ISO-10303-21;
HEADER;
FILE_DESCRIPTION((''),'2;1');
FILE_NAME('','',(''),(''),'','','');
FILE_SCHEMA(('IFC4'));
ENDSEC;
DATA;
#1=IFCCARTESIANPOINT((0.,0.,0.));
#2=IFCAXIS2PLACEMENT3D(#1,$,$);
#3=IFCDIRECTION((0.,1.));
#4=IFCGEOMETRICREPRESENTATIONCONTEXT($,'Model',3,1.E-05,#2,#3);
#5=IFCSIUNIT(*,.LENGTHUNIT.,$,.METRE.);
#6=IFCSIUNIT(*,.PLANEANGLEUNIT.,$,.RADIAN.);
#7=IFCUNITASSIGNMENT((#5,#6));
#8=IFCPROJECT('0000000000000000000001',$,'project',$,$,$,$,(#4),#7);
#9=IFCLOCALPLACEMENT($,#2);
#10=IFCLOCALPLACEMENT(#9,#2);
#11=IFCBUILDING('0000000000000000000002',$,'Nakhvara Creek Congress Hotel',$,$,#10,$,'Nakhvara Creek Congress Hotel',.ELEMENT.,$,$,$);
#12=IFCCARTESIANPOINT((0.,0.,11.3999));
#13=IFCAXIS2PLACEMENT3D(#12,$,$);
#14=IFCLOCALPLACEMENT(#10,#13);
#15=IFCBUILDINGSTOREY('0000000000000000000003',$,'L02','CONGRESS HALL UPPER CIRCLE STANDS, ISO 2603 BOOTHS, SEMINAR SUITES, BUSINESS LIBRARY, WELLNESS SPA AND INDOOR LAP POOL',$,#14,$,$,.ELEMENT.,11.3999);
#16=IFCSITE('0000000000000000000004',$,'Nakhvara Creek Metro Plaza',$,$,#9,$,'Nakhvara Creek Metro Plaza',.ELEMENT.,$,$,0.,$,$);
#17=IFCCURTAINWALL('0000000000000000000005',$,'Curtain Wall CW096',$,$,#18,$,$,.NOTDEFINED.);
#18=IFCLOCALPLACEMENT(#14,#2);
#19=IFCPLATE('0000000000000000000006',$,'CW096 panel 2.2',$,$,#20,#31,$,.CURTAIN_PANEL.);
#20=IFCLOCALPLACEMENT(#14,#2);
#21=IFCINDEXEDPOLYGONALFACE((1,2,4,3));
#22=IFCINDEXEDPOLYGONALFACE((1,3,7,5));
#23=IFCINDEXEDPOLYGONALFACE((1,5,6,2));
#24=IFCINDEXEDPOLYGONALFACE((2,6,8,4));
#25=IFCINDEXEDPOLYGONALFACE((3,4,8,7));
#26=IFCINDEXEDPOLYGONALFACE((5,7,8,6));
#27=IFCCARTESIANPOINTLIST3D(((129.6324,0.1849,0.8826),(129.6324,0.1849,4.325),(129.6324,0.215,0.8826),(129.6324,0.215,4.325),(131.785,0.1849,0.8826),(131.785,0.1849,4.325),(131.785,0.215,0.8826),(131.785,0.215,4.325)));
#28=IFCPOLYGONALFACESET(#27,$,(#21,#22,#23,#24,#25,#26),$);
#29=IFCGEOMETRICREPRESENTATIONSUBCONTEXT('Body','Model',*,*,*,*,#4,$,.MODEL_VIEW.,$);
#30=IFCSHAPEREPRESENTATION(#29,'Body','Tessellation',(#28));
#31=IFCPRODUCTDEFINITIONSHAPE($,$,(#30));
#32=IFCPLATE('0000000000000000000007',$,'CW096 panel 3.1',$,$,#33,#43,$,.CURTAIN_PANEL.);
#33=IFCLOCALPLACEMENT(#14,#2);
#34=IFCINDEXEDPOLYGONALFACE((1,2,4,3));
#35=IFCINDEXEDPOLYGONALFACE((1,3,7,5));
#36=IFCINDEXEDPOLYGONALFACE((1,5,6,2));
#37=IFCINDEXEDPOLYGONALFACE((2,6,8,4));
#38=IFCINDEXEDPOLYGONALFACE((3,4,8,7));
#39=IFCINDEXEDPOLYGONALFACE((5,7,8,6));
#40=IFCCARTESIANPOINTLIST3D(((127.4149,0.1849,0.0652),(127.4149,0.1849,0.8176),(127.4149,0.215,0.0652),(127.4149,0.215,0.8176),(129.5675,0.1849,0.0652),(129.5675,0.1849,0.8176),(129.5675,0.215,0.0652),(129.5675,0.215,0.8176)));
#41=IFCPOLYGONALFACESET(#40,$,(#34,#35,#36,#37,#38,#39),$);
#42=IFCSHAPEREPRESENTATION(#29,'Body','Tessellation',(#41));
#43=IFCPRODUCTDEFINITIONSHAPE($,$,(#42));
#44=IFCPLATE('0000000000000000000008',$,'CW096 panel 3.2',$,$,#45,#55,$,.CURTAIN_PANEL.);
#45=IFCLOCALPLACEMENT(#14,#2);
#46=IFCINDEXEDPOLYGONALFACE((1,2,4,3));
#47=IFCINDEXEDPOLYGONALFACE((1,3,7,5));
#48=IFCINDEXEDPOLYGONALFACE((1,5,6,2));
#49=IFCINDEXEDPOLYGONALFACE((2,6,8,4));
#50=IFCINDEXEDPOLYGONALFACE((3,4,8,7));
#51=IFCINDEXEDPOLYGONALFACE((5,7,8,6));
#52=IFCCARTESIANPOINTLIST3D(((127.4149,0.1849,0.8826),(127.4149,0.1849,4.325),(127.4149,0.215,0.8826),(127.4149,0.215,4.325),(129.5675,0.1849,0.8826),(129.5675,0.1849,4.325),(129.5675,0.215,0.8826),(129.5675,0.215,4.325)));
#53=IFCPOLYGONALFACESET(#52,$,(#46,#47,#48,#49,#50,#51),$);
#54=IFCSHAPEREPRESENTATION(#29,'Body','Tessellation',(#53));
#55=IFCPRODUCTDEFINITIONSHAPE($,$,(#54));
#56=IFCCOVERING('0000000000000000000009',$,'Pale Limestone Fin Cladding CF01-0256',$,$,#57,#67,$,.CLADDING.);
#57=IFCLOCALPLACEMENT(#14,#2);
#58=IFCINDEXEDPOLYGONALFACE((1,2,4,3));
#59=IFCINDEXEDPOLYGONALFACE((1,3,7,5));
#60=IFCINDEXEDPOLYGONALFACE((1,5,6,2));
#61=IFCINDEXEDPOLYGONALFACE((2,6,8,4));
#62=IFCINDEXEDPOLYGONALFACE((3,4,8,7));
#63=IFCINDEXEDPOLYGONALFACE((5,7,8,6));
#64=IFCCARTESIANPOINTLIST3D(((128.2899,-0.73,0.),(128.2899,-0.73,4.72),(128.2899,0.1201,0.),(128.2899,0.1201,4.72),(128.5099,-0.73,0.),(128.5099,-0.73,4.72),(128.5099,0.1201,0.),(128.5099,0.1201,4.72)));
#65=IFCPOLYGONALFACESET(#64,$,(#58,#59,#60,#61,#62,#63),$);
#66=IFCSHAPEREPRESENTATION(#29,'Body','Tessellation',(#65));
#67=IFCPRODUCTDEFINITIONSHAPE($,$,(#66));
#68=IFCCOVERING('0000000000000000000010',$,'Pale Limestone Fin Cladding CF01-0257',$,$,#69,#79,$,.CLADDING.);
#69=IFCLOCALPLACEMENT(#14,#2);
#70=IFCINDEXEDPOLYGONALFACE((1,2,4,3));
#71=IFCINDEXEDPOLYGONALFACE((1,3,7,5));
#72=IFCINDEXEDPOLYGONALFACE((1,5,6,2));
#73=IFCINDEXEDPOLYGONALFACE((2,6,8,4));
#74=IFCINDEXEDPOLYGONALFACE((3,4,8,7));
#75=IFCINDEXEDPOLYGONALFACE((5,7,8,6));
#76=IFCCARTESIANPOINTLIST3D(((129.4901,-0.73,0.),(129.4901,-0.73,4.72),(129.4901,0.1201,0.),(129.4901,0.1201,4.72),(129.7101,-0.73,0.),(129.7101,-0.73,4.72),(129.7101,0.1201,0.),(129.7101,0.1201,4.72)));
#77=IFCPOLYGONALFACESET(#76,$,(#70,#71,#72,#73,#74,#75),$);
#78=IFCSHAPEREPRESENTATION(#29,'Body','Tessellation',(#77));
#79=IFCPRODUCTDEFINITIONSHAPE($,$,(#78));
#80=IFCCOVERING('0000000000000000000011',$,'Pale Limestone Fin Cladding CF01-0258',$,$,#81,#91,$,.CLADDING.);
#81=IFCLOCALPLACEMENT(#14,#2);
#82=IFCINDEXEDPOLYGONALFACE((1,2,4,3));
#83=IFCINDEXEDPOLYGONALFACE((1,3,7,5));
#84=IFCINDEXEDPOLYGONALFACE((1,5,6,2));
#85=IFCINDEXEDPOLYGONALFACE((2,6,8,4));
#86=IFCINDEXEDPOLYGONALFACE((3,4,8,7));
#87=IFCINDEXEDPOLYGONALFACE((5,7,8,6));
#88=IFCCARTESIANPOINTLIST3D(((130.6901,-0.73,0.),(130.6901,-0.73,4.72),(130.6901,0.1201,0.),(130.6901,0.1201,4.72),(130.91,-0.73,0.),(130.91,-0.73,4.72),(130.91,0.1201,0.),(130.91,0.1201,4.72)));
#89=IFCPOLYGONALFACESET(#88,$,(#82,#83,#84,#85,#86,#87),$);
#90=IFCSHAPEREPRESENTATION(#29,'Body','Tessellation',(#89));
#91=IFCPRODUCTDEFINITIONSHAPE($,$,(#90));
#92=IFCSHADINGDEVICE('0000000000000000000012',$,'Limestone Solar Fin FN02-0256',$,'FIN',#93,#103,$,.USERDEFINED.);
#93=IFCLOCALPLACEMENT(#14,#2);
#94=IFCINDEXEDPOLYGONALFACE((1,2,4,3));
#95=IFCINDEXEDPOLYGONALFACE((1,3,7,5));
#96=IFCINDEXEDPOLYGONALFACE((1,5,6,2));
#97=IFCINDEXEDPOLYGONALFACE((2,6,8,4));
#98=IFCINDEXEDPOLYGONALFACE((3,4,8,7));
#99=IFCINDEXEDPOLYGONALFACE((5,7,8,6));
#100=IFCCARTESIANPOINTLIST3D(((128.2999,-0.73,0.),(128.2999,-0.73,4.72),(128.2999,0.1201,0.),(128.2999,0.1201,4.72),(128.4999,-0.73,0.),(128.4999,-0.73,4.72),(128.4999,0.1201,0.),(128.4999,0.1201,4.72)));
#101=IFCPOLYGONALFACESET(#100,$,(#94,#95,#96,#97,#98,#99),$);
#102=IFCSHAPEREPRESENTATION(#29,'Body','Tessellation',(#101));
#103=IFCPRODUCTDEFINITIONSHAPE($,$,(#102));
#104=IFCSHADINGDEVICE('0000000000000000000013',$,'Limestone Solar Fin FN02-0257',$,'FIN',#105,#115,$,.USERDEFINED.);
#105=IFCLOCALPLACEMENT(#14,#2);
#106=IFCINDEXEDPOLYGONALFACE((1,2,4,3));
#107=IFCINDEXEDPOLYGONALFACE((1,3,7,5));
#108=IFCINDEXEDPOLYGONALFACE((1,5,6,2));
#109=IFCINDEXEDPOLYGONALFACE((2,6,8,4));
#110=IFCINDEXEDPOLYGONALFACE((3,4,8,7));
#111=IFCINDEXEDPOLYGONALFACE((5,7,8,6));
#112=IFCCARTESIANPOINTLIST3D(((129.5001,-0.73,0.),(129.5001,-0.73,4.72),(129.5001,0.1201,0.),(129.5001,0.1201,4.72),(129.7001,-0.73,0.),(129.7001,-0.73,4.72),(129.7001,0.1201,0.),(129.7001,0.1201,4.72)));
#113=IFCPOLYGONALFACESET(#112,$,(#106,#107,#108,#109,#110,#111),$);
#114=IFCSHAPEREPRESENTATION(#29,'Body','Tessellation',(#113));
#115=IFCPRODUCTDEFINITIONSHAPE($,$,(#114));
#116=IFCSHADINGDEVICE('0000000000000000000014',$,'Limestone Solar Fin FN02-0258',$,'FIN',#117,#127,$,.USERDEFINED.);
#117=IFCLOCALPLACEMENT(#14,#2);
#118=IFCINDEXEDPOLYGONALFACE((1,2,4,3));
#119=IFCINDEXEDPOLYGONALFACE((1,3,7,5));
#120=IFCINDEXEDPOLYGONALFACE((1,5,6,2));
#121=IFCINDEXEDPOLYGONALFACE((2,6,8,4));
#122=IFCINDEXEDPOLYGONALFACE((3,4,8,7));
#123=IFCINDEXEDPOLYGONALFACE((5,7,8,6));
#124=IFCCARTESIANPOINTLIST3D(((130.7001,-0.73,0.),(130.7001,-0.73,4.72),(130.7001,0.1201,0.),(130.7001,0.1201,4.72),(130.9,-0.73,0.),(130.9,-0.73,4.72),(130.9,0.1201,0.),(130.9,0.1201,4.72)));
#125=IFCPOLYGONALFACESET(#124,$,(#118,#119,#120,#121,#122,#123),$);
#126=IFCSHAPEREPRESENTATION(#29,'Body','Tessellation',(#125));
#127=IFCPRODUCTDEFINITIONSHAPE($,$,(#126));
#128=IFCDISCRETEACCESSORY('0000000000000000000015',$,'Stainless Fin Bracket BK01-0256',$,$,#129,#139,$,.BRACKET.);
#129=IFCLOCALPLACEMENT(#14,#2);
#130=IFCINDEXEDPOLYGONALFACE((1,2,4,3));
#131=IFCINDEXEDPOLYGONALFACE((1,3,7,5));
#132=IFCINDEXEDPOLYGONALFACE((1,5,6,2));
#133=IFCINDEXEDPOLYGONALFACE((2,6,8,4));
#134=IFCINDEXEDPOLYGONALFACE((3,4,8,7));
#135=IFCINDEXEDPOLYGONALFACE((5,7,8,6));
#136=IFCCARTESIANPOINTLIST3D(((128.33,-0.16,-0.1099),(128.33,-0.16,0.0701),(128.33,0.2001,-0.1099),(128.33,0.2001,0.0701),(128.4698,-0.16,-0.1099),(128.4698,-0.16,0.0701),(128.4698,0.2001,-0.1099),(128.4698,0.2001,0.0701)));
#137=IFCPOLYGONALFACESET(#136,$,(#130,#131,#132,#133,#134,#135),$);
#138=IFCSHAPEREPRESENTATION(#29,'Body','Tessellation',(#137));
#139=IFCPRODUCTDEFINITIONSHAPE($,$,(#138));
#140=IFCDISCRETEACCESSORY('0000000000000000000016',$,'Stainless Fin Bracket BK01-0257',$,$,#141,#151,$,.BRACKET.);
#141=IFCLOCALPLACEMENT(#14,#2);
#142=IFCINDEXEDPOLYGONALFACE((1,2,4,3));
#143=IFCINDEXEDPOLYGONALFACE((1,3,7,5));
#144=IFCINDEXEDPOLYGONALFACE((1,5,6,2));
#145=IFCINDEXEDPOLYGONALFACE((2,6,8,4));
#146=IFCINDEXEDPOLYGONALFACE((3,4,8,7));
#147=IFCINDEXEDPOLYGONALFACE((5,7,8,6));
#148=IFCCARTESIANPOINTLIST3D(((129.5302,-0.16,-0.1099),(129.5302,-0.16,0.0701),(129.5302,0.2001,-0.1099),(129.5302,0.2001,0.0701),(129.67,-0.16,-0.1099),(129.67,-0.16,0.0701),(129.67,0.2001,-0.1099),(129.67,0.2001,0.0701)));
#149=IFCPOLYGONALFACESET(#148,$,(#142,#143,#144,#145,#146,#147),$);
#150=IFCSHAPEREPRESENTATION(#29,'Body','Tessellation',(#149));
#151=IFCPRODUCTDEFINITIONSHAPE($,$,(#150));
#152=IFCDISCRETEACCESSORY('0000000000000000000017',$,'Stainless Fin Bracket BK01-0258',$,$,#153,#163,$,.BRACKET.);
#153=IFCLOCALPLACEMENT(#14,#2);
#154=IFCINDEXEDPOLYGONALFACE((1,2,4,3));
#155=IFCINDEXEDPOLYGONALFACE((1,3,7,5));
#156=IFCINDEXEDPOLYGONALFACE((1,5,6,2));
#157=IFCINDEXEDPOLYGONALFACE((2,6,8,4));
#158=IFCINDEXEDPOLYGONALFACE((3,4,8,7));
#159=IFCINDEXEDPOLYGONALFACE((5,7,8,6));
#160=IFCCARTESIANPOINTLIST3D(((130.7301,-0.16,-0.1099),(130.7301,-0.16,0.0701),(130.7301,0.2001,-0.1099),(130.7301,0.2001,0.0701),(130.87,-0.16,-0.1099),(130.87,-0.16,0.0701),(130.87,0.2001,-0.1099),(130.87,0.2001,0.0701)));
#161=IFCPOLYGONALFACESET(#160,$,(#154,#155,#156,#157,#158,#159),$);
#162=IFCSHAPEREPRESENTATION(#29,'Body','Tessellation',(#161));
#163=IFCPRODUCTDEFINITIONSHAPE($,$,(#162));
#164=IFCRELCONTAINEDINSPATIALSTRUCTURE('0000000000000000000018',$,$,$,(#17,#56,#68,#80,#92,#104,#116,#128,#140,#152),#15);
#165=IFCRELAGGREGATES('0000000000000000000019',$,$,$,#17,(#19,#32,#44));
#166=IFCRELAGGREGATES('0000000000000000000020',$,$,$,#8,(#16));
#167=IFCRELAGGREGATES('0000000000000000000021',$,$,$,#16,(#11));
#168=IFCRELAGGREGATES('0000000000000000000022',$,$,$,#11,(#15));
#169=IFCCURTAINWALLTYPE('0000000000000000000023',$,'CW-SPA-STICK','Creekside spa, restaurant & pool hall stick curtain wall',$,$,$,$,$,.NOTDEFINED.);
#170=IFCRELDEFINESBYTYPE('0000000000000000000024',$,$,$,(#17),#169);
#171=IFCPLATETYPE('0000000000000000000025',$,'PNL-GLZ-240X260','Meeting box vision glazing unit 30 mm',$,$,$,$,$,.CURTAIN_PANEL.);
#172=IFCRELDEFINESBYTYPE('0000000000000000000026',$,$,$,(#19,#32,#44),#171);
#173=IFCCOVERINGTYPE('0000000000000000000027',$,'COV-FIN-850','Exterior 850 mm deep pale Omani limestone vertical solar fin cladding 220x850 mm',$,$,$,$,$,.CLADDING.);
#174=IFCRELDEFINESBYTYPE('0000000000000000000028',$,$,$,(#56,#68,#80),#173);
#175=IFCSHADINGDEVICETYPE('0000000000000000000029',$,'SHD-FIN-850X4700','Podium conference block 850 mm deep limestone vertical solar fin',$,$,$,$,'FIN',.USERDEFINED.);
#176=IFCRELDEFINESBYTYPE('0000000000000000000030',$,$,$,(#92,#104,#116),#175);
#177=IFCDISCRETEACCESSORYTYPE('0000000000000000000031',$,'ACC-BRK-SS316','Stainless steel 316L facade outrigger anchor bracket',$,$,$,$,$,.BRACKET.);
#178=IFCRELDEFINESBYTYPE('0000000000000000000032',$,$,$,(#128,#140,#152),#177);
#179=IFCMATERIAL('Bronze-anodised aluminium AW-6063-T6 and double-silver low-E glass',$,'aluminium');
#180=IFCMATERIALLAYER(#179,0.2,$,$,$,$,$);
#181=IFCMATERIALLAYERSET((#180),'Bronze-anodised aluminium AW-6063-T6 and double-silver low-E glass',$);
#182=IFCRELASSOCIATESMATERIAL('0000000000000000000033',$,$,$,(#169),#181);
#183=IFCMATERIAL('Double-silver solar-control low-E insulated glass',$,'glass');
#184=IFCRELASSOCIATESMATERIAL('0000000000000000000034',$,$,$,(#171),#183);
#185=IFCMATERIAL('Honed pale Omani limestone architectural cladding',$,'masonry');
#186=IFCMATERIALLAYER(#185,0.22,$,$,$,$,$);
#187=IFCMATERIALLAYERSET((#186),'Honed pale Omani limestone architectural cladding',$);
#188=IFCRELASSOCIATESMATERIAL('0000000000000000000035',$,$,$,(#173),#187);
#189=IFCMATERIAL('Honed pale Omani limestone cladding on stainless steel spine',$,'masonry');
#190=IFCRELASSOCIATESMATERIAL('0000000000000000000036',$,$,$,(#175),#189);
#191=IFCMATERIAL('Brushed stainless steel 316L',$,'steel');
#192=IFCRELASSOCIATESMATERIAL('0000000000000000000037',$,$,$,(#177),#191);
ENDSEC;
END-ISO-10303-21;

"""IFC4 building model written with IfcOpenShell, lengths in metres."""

from ifc_helpers import new_model, si_unit, direction, frame, origin, origin_2d, place, context, subcontext, project, spatial, rectangle, extrude, material, layer, layer_set, type_object, element, aggregate, save


model = new_model("IFC4")

# Units and contexts
model_context = context("Model", 3, precision=1e-05, world=origin(), true_north=direction((0.0, 1.0)))
body_context = subcontext(model_context, "Body", "Model", "MODEL_VIEW")
ifc_project = project(units=[si_unit("LENGTHUNIT", "METRE"), si_unit("PLANEANGLEUNIT", "RADIAN")], contexts=[model_context])

# Site, building, storey
site_placement = place(None, origin())
site = spatial("IfcSite", under=ifc_project, at=site_placement, Name="Nakhvara Creek Metro Plaza", LongName="Nakhvara Creek Metro Plaza", CompositionType="ELEMENT", RefElevation=0.0)
building_placement = place(site_placement, origin())
building = spatial("IfcBuilding", under=site, at=building_placement, Name="Nakhvara Creek Congress Hotel", LongName="Nakhvara Creek Congress Hotel", CompositionType="ELEMENT")
storey_placement = place(building_placement, frame((0.0, 0.0, 11.3999)))
storey = spatial("IfcBuildingStorey", under=building, at=storey_placement, Name="L02", Description="CONGRESS HALL UPPER CIRCLE STANDS, ISO 2603 BOOTHS, SEMINAR SUITES, BUSINESS LIBRARY, WELLNESS SPA AND INDOOR LAP POOL", CompositionType="ELEMENT", Elevation=11.3999)

# Curtain wall, plates
ifc_material_1 = material(Name="Bronze-anodised aluminium AW-6063-T6 and double-silver low-E glass", Category="aluminium")
ifc_layer_1 = layer(ifc_material_1, 0.2)
ifc_layer_set_1 = layer_set([ifc_layer_1], Name="Bronze-anodised aluminium AW-6063-T6 and double-silver low-E glass")
curtain_wall_type = type_object("IfcCurtainWallType", Name="CW-SPA-STICK", Description="Creekside spa, restaurant & pool hall stick curtain wall", PredefinedType="NOTDEFINED", material=ifc_layer_set_1)
curtain_wall_placement = place(storey_placement, origin())
curtain_wall = element("IfcCurtainWall", 1, at=curtain_wall_placement, inside=storey, type_object=curtain_wall_type, Name="Curtain Wall CW096", PredefinedType="NOTDEFINED")
ifc_material_2 = material(Name="Double-silver solar-control low-E insulated glass", Category="glass")
plate_type = type_object("IfcPlateType", Name="PNL-GLZ-240X260", Description="Meeting box vision glazing unit 30 mm", PredefinedType="CURTAIN_PANEL", material=ifc_material_2)
plate_1_placement = place(storey_placement, frame((130.7087, 0.2, 0.8826), z_axis=(0.0, 0.0, 1.0), x_axis=(-1.0, 0.0, 0.0)))
plate_1 = element("IfcPlate", 2, at=plate_1_placement, type_object=plate_type, Name="CW096 panel 2.2", PredefinedType="CURTAIN_PANEL", context=body_context, shape_type="SweptSolid", body=[
    extrude(rectangle(XDim=2.1526, YDim=0.03, at=origin_2d()), origin(), (0.0, 0.0, 1.0), 3.4424),
])
plate_2_placement = place(storey_placement, frame((128.4912, 0.2, 0.0652), z_axis=(0.0, 0.0, 1.0), x_axis=(-1.0, 0.0, 0.0)))
plate_2 = element("IfcPlate", 3, at=plate_2_placement, type_object=plate_type, Name="CW096 panel 3.1", PredefinedType="CURTAIN_PANEL", context=body_context, shape_type="SweptSolid", body=[
    extrude(rectangle(XDim=2.1526, YDim=0.03, at=origin_2d()), origin(), (0.0, 0.0, 1.0), 0.7524),
])
plate_3_placement = place(storey_placement, frame((128.4912, 0.2, 0.8826), z_axis=(0.0, 0.0, 1.0), x_axis=(-1.0, 0.0, 0.0)))
plate_3 = element("IfcPlate", 4, at=plate_3_placement, type_object=plate_type, Name="CW096 panel 3.2", PredefinedType="CURTAIN_PANEL", context=body_context, shape_type="SweptSolid", body=[
    extrude(rectangle(XDim=2.1526, YDim=0.03, at=origin_2d()), origin(), (0.0, 0.0, 1.0), 3.4424),
])
aggregate(curtain_wall, [plate_1, plate_2, plate_3])

# Coverings
ifc_material_3 = material(Name="Honed pale Omani limestone architectural cladding", Category="masonry")
ifc_layer_2 = layer(ifc_material_3, 0.22)
ifc_layer_set_2 = layer_set([ifc_layer_2], Name="Honed pale Omani limestone architectural cladding")
covering_type = type_object("IfcCoveringType", Name="COV-FIN-850", Description="Exterior 850 mm deep pale Omani limestone vertical solar fin cladding 220x850 mm", PredefinedType="CLADDING", material=ifc_layer_set_2)
for number, where, z_axis, x_axis, name in (
    (5, (128.3999, -0.3049, 0.0), (0.0, 0.0, 1.0), (1.0, 0.0, 0.0), "Pale Limestone Fin Cladding CF01-0256"),
    (6, (129.6001, -0.3049, 0.0), (0.0, 0.0, 1.0), (1.0, 0.0, 0.0), "Pale Limestone Fin Cladding CF01-0257"),
    (7, (130.8, -0.3049, 0.0), (0.0, 0.0, 1.0), (1.0, 0.0, 0.0), "Pale Limestone Fin Cladding CF01-0258"),
):
    element("IfcCovering", number, at=place(storey_placement, frame(where, z_axis=z_axis, x_axis=x_axis)), inside=storey, type_object=covering_type, Name=name, PredefinedType="CLADDING", context=body_context, shape_type="SweptSolid", body=[
        extrude(rectangle(XDim=0.22, YDim=0.8501, at=origin_2d()), origin(), (0.0, 0.0, 1.0), 4.72),
    ])

# Shading devices
ifc_material_4 = material(Name="Honed pale Omani limestone cladding on stainless steel spine", Category="masonry")
shading_device_type = type_object("IfcShadingDeviceType", Name="SHD-FIN-850X4700", Description="Podium conference block 850 mm deep limestone vertical solar fin", ElementType="FIN", PredefinedType="USERDEFINED", material=ifc_material_4)
for number, where, z_axis, x_axis, name in (
    (8, (128.3999, -0.3049, 0.0), (0.0, 0.0, 1.0), (1.0, 0.0, 0.0), "Limestone Solar Fin FN02-0256"),
    (9, (129.6001, -0.3049, 0.0), (0.0, 0.0, 1.0), (1.0, 0.0, 0.0), "Limestone Solar Fin FN02-0257"),
    (10, (130.8, -0.3049, 0.0), (0.0, 0.0, 1.0), (1.0, 0.0, 0.0), "Limestone Solar Fin FN02-0258"),
):
    element("IfcShadingDevice", number, at=place(storey_placement, frame(where, z_axis=z_axis, x_axis=x_axis)), inside=storey, type_object=shading_device_type, Name=name, ObjectType="FIN", PredefinedType="USERDEFINED", context=body_context, shape_type="SweptSolid", body=[
        extrude(rectangle(XDim=0.2, YDim=0.8501, at=origin_2d()), origin(), (0.0, 0.0, 1.0), 4.72),
    ])

# Discrete accessories
ifc_material_5 = material(Name="Brushed stainless steel 316L", Category="steel")
discrete_accessory_type = type_object("IfcDiscreteAccessoryType", Name="ACC-BRK-SS316", Description="Stainless steel 316L facade outrigger anchor bracket", PredefinedType="BRACKET", material=ifc_material_5)
for number, where, z_axis, x_axis, name in (
    (11, (128.3999, 0.02, -0.1099), (0.0, 0.0, 1.0), (1.0, 0.0, 0.0), "Stainless Fin Bracket BK01-0256"),
    (12, (129.6001, 0.02, -0.1099), (0.0, 0.0, 1.0), (1.0, 0.0, 0.0), "Stainless Fin Bracket BK01-0257"),
    (13, (130.8, 0.02, -0.1099), (0.0, 0.0, 1.0), (1.0, 0.0, 0.0), "Stainless Fin Bracket BK01-0258"),
):
    element("IfcDiscreteAccessory", number, at=place(storey_placement, frame(where, z_axis=z_axis, x_axis=x_axis)), inside=storey, type_object=discrete_accessory_type, Name=name, PredefinedType="BRACKET", context=body_context, shape_type="SweptSolid", body=[
        extrude(rectangle(XDim=0.1399, YDim=0.3601, at=origin_2d()), origin(), (0.0, 0.0, 1.0), 0.1799),
    ])

save(model, "model.ifc")
